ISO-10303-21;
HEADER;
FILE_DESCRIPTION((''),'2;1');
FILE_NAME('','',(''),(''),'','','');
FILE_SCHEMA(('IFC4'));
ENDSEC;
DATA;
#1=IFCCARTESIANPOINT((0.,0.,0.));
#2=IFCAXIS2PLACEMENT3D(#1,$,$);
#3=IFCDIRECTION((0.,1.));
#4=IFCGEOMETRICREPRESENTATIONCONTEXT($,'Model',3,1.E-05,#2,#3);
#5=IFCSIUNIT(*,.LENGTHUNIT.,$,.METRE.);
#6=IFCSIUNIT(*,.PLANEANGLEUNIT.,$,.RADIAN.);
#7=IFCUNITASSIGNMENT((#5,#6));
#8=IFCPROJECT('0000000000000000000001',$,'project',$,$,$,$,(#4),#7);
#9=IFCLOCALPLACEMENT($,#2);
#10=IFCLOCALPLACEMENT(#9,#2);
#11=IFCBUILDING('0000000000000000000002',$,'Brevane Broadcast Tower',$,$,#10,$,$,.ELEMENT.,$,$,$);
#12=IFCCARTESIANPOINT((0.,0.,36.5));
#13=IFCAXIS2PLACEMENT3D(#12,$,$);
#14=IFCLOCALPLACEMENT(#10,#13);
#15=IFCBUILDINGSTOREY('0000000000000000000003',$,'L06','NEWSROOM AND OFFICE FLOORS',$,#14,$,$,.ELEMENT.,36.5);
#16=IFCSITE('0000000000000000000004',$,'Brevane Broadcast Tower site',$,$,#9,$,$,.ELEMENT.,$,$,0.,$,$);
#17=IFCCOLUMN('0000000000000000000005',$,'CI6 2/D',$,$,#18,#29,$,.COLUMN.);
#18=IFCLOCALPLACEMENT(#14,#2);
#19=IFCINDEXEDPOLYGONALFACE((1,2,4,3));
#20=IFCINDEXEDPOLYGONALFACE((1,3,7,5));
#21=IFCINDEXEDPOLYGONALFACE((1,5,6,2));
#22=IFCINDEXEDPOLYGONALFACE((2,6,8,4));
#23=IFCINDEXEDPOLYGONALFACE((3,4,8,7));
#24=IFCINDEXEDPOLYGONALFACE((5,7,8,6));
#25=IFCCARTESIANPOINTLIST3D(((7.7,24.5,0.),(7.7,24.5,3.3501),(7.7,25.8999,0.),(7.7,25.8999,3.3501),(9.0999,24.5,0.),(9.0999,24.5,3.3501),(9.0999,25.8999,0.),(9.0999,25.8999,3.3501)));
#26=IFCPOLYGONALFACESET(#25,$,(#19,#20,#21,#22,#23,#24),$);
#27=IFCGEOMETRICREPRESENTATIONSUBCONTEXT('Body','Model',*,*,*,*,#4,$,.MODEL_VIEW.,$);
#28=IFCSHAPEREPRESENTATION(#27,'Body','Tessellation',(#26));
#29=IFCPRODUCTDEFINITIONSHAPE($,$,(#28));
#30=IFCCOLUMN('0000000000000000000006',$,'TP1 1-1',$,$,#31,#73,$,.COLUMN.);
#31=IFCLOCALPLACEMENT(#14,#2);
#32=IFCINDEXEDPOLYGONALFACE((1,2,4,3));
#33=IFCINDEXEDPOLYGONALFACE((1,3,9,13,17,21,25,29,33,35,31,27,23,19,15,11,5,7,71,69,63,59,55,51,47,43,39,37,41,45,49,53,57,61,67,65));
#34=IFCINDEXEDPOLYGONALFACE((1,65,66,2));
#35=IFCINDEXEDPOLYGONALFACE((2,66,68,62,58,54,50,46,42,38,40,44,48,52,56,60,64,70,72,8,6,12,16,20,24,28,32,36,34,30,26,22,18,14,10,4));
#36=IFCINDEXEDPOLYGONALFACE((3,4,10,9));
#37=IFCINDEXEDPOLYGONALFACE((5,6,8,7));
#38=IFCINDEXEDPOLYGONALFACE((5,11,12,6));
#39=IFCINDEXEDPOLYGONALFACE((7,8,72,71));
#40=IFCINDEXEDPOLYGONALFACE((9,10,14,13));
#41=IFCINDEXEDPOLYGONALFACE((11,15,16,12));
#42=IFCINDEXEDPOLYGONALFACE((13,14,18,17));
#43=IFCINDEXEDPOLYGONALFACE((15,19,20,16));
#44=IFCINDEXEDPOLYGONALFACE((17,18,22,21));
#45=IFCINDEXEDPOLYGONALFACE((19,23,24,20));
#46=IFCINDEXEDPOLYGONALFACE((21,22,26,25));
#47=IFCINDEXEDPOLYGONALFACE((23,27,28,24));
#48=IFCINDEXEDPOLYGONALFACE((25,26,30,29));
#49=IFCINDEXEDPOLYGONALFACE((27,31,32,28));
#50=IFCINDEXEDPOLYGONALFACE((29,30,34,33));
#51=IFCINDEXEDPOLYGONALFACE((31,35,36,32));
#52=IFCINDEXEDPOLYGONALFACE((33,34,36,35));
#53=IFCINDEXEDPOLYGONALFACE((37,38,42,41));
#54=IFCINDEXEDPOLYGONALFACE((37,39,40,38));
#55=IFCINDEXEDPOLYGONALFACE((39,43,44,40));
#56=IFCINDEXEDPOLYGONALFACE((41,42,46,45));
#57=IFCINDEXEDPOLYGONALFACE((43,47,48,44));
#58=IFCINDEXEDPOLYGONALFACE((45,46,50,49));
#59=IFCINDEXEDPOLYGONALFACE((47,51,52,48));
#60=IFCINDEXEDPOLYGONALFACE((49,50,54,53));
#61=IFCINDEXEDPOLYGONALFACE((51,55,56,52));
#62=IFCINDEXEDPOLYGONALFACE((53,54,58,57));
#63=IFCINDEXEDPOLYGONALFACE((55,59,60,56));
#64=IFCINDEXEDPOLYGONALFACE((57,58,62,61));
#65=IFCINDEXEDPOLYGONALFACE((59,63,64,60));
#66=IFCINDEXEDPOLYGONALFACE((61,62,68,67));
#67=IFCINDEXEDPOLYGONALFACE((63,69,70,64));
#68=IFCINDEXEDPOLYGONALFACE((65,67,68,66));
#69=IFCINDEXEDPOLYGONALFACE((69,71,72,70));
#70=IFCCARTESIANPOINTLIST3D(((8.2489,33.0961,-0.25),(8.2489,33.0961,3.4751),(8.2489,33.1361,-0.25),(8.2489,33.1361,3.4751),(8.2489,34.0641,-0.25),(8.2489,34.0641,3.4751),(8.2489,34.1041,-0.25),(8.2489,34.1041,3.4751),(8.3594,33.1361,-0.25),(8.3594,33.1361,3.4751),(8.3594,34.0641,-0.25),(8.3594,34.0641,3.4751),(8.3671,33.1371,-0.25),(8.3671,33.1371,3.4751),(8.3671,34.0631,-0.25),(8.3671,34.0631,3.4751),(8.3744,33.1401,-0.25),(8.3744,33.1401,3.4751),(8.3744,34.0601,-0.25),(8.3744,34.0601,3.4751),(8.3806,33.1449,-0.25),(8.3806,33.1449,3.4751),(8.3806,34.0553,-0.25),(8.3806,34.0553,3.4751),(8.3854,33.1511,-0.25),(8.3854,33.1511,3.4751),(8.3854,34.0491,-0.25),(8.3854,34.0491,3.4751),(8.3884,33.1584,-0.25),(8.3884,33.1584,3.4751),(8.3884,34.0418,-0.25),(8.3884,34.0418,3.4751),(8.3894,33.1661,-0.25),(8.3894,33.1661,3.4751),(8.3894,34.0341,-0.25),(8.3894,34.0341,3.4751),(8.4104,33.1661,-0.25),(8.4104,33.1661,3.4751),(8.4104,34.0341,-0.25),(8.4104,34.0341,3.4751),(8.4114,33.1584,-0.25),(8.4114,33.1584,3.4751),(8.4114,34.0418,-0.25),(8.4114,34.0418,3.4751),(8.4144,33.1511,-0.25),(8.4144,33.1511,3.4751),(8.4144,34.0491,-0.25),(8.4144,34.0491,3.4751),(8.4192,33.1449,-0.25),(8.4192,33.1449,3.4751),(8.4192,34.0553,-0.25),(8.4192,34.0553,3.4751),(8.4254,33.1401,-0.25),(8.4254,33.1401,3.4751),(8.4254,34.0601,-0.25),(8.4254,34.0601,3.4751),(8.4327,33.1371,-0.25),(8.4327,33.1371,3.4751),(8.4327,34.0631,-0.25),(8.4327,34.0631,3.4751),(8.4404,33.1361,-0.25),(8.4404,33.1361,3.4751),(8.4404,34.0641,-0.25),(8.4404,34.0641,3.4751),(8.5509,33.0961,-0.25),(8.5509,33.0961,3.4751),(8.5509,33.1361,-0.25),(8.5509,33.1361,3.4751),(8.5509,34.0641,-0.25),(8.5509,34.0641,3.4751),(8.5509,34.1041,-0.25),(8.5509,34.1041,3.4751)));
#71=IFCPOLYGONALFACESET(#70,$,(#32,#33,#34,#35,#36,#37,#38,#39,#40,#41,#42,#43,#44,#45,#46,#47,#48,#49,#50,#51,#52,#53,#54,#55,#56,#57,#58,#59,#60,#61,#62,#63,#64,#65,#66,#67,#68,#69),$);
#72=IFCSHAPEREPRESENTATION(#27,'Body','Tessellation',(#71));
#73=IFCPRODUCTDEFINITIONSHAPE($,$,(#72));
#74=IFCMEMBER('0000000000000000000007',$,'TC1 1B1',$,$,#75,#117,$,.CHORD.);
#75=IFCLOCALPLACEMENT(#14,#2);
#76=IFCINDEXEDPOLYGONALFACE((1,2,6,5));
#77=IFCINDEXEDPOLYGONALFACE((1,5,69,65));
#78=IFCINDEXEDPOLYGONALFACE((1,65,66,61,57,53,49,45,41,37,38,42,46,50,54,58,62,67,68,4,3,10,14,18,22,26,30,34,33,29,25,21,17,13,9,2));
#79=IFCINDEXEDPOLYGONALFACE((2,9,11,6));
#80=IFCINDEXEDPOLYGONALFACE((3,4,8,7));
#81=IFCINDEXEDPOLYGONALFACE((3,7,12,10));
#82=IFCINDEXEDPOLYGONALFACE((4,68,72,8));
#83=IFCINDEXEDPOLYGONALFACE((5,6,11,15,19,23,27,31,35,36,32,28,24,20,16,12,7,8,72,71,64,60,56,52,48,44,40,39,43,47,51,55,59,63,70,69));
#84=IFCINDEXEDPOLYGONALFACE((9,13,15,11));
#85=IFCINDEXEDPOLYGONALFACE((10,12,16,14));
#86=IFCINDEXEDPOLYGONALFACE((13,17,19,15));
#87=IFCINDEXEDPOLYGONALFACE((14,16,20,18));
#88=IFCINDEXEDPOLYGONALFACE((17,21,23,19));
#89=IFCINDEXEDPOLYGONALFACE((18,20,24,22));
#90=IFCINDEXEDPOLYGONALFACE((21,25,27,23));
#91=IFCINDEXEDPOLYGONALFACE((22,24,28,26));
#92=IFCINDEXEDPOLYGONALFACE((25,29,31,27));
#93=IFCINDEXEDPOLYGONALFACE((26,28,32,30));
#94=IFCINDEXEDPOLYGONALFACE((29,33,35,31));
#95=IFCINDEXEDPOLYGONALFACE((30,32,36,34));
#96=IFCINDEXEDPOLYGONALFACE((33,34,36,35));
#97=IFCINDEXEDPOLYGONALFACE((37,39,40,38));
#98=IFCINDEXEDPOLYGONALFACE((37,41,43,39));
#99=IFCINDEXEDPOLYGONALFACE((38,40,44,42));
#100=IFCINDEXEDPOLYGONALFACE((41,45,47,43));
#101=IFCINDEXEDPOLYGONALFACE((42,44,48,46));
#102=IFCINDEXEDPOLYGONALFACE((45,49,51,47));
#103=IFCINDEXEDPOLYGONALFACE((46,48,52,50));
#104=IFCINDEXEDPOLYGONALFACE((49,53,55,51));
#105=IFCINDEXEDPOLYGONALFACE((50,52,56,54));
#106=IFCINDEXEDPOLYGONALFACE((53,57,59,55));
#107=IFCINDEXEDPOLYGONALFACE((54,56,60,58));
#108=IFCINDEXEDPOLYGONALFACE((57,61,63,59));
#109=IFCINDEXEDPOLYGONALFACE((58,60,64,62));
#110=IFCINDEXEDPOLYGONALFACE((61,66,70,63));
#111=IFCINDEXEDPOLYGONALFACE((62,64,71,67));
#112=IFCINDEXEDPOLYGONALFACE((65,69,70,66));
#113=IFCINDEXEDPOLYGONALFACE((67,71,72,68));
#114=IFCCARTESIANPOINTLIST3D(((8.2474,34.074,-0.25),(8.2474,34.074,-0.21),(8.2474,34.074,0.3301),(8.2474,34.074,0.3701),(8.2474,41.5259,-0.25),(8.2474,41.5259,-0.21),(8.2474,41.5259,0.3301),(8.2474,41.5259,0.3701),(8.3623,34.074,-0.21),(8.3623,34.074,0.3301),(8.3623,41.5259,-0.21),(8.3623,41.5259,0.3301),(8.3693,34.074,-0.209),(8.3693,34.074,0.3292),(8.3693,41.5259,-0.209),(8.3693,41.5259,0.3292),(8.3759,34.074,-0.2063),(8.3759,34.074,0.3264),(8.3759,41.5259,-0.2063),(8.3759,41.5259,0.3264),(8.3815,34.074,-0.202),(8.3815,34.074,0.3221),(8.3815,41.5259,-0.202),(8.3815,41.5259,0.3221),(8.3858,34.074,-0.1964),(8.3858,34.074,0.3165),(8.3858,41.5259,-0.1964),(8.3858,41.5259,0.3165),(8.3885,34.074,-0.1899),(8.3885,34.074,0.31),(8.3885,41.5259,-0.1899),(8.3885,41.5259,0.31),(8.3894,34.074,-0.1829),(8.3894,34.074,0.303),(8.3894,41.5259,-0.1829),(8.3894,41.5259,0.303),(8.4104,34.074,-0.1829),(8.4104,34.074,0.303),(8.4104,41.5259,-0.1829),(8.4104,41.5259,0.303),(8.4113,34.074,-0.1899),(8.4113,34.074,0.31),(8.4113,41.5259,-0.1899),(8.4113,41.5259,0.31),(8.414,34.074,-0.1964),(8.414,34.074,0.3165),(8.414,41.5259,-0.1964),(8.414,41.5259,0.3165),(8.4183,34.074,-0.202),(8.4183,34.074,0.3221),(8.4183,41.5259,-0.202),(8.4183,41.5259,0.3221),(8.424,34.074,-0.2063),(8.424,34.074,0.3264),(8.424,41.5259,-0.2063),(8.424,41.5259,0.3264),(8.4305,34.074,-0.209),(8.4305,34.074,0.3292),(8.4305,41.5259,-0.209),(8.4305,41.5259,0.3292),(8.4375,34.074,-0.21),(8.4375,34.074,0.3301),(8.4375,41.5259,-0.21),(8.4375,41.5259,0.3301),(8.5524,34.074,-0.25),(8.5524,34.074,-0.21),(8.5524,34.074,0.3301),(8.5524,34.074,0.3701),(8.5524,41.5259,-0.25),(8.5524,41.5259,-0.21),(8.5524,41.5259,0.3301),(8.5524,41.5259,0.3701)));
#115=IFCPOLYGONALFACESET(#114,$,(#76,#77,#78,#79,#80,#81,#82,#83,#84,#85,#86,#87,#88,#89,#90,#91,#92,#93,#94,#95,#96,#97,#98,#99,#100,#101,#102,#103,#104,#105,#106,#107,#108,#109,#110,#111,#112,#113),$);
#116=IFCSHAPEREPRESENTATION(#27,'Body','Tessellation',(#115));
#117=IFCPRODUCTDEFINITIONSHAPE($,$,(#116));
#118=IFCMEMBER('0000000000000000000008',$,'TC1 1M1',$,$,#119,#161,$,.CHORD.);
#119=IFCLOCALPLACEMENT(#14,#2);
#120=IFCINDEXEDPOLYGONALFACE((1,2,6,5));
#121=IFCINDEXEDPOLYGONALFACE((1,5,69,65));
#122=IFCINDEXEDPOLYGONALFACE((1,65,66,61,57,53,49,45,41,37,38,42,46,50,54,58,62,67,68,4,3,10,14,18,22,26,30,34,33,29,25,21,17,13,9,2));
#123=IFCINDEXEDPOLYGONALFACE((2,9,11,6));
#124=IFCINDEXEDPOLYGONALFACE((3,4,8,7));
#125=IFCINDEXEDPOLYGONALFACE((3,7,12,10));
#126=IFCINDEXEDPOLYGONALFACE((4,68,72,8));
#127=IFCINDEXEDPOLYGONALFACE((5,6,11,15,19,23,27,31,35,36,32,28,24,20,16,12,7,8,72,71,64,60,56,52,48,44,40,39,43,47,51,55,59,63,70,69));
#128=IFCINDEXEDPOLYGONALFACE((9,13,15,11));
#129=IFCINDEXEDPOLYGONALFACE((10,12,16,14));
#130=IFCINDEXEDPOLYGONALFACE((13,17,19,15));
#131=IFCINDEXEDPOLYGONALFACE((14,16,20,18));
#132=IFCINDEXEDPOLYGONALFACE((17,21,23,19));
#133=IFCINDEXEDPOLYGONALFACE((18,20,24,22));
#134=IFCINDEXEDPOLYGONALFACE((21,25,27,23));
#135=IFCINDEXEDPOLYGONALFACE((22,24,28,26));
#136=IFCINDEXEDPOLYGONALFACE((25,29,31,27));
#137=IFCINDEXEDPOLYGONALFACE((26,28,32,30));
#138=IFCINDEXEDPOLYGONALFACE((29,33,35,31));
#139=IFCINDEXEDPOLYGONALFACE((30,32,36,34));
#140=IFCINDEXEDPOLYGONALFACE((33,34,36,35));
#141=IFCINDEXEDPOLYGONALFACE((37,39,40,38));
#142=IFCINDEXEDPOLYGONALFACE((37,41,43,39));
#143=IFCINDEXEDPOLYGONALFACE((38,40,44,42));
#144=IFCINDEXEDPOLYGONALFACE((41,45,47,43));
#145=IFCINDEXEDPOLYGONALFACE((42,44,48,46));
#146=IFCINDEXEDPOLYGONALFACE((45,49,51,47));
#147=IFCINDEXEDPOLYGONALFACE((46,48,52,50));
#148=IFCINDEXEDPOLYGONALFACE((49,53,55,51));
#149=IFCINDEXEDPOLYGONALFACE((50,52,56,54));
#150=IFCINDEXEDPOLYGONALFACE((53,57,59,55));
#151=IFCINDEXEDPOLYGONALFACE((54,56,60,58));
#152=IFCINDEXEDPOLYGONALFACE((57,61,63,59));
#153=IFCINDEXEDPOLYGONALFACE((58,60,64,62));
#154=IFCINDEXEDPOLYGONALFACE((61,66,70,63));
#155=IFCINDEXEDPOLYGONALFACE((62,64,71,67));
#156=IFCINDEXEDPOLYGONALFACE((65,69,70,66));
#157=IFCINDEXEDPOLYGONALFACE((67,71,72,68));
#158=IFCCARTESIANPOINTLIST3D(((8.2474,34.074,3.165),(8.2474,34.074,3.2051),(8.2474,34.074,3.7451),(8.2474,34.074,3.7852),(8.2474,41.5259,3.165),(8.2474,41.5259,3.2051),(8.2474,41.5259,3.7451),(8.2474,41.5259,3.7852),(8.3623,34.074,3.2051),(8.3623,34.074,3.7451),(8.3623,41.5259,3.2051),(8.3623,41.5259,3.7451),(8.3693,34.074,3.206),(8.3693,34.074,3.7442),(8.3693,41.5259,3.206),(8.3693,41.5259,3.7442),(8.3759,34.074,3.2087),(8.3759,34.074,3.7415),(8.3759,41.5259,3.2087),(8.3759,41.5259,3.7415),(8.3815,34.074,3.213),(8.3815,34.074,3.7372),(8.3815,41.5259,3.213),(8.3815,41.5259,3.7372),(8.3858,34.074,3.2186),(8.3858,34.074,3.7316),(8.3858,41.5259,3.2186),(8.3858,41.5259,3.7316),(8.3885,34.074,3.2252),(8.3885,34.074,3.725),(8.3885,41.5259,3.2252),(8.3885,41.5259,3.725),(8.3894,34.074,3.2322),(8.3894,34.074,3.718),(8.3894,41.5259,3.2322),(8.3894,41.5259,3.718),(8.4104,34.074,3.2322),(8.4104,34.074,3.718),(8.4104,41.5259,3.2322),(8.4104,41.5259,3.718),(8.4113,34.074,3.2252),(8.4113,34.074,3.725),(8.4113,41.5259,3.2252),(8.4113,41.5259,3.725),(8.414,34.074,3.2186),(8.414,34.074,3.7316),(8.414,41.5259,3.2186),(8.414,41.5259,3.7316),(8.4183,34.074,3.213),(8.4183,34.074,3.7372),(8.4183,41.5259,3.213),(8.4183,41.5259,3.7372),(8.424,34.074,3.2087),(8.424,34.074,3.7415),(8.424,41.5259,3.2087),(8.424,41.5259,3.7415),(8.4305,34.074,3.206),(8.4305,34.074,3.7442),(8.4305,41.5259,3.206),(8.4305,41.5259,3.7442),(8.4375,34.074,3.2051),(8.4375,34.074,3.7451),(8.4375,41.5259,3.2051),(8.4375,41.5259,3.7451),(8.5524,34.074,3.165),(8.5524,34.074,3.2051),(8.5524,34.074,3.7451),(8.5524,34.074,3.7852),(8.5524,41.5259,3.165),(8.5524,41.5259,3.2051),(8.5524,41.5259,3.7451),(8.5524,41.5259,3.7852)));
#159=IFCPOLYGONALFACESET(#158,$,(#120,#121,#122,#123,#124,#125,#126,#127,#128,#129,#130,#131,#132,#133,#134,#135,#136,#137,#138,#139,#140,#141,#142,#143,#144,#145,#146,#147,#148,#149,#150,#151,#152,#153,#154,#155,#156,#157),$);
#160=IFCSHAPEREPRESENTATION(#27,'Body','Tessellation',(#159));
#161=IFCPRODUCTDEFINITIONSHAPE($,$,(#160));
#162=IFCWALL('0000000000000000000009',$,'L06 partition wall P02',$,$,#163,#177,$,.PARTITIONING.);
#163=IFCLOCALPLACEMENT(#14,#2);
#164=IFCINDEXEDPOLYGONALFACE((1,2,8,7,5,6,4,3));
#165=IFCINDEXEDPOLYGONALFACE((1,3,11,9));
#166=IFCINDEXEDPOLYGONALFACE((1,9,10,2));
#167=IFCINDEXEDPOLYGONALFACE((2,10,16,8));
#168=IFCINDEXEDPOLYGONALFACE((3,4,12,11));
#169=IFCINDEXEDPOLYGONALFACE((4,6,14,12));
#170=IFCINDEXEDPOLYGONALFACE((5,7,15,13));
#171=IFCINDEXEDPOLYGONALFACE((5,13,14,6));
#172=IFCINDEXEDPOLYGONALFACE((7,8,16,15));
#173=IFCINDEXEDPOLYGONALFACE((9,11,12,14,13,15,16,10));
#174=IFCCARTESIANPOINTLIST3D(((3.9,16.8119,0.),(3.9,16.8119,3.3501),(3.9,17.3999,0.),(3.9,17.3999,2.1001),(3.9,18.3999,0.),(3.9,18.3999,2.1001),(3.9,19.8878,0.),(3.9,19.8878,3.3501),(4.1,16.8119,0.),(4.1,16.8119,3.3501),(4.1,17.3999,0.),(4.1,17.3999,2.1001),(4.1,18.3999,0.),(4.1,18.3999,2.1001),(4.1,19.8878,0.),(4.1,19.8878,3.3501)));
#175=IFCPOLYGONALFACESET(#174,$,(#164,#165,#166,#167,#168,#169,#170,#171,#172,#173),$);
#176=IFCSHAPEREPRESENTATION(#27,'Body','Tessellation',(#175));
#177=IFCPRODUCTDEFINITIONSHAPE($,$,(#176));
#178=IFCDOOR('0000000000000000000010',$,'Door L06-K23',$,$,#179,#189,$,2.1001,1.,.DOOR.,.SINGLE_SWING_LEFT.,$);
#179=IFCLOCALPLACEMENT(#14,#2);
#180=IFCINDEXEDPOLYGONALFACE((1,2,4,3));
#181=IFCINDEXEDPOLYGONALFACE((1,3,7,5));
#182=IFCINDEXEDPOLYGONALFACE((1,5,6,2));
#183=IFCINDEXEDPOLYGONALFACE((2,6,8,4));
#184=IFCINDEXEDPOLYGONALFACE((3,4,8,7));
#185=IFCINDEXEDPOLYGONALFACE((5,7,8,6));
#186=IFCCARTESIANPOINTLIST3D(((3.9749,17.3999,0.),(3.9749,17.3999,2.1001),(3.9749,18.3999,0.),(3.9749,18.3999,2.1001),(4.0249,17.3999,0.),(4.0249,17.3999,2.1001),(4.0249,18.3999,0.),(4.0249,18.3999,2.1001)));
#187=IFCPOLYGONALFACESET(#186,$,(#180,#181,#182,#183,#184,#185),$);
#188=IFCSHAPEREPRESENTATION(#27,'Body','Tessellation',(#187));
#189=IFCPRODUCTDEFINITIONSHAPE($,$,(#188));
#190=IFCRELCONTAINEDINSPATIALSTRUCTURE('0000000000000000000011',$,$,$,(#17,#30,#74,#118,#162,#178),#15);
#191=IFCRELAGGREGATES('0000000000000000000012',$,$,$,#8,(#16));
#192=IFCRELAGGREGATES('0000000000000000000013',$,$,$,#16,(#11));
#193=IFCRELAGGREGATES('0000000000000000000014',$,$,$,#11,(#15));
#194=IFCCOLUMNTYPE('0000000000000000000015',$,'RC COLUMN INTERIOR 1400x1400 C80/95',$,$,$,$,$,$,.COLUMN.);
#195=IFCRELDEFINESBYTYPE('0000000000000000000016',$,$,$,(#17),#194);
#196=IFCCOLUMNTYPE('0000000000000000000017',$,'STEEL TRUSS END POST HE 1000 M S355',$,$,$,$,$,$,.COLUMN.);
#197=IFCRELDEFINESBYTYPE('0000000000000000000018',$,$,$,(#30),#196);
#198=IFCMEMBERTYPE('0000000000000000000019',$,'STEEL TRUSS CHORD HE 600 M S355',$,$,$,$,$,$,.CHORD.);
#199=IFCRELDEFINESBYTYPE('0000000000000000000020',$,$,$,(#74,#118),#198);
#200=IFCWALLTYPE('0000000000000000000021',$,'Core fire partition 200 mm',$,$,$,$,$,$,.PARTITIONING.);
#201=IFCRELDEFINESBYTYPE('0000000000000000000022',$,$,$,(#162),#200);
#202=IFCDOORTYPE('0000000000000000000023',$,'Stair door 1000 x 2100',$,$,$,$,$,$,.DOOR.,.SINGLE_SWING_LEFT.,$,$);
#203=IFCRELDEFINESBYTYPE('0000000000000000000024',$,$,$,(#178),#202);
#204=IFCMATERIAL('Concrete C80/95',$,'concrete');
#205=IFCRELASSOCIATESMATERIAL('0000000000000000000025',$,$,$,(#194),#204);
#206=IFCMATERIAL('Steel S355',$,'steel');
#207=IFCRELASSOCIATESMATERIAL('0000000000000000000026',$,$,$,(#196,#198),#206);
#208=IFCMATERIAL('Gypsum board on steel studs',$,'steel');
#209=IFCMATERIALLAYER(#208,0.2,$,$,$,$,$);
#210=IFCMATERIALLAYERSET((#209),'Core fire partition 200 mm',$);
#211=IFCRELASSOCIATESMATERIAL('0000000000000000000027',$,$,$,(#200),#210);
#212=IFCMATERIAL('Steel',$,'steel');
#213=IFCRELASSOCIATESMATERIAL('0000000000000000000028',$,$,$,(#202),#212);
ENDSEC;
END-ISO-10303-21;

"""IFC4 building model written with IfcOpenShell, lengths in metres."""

from ifc_helpers import new_model, si_unit, direction, frame, frame_2d, origin, origin_2d, place, context, subcontext, project, spatial, rectangle, i_section, extrude, material, layer, layer_set, material_profile, profile_set, type_object, element, fill, save


model = new_model("IFC4")

# Units and contexts
model_context = context("Model", 3, precision=1e-05, world=origin(), true_north=direction((0.0, 1.0)))
body_context = subcontext(model_context, "Body", "Model", "MODEL_VIEW")
ifc_project = project(units=[si_unit("LENGTHUNIT", "METRE"), si_unit("PLANEANGLEUNIT", "RADIAN")], contexts=[model_context])

# Site, building, storey
site_placement = place(None, origin())
site = spatial("IfcSite", under=ifc_project, at=site_placement, Name="Brevane Broadcast Tower site", CompositionType="ELEMENT", RefElevation=0.0)
building_placement = place(site_placement, origin())
building = spatial("IfcBuilding", under=site, at=building_placement, Name="Brevane Broadcast Tower", CompositionType="ELEMENT")
storey_placement = place(building_placement, frame((0.0, 0.0, 36.5)))
storey = spatial("IfcBuildingStorey", under=building, at=storey_placement, Name="L06", Description="NEWSROOM AND OFFICE FLOORS", CompositionType="ELEMENT", Elevation=36.5)

# Columns
ifc_material_1 = material(Name="Concrete C80/95", Category="concrete")
ifc_material_profile_1 = material_profile(ifc_material_1, rectangle(XDim=1.3999, YDim=1.3999, at=origin_2d()), Name="RC 1400x1400")
ifc_profile_set_1 = profile_set([ifc_material_profile_1], Name="Concrete C80/95")
column_type_1 = type_object("IfcColumnType", Name="RC COLUMN INTERIOR 1400x1400 C80/95", PredefinedType="COLUMN", material=ifc_profile_set_1)
column_1_placement = place(storey_placement, frame((8.3999, 25.2, 0.0), z_axis=(0.0, 0.0, 1.0), x_axis=(1.0, 0.0, 0.0)))
element("IfcColumn", 1, at=column_1_placement, inside=storey, type_object=column_type_1, Name="CI6 2/D", PredefinedType="COLUMN", context=body_context, shape_type="SweptSolid", body=[
    extrude(rectangle(XDim=1.3999, YDim=1.3999, at=origin_2d()), origin(), (0.0, 0.0, 1.0), 3.3501),
])
ifc_material_2 = material(Name="Steel S355", Category="steel")
ifc_material_profile_2 = material_profile(ifc_material_2, i_section(OverallWidth=0.302, OverallDepth=1.0081, WebThickness=0.021, FlangeThickness=0.04, FilletRadius=0.03, at=origin_2d()), Name="HE 1000 M")
ifc_profile_set_2 = profile_set([ifc_material_profile_2], Name="Steel S355")
column_type_2 = type_object("IfcColumnType", Name="STEEL TRUSS END POST HE 1000 M S355", PredefinedType="COLUMN", material=ifc_profile_set_2)
column_2_placement = place(storey_placement, frame((8.3999, 33.6001, -0.25), z_axis=(0.0, 0.0, 1.0), x_axis=(1.0, 0.0, 0.0)))
element("IfcColumn", 2, at=column_2_placement, inside=storey, type_object=column_type_2, Name="TP1 1-1", PredefinedType="COLUMN", context=body_context, shape_type="SweptSolid", body=[
    extrude(i_section(OverallWidth=0.302, OverallDepth=1.0081, WebThickness=0.021, FlangeThickness=0.04, FilletRadius=0.03, at=origin_2d()), origin(), (0.0, 0.0, 1.0), 3.7251),
])

# Members
ifc_material_profile_3 = material_profile(ifc_material_2, i_section(OverallWidth=0.3049, OverallDepth=0.6201, WebThickness=0.021, FlangeThickness=0.04, FilletRadius=0.0271, at=origin_2d()), Name="HE 600 M")
ifc_profile_set_3 = profile_set([ifc_material_profile_3], Name="Steel S355")
member_type = type_object("IfcMemberType", Name="STEEL TRUSS CHORD HE 600 M S355", PredefinedType="CHORD", material=ifc_profile_set_3)
for number, where, z_axis, x_axis, name in (
    (3, (8.3999, 34.074, 0.0601), (0.0, 1.0, 0.0), (-1.0, 0.0, 0.0), "TC1 1B1"),
    (4, (8.3999, 34.074, 3.4751), (0.0, 1.0, 0.0), (-1.0, 0.0, 0.0), "TC1 1M1"),
):
    element("IfcMember", number, at=place(storey_placement, frame(where, z_axis=z_axis, x_axis=x_axis)), inside=storey, type_object=member_type, Name=name, PredefinedType="CHORD", context=body_context, shape_type="SweptSolid", body=[
        extrude(i_section(OverallWidth=0.3049, OverallDepth=0.6201, WebThickness=0.021, FlangeThickness=0.04, FilletRadius=0.0271, at=origin_2d()), origin(), (0.0, 0.0, 1.0), 7.4519),
    ])

# Wall, opening, door
ifc_material_3 = material(Name="Gypsum board on steel studs", Category="steel")
ifc_layer_1 = layer(ifc_material_3, 0.2)
ifc_layer_set_1 = layer_set([ifc_layer_1], Name="Core fire partition 200 mm")
wall_type_1 = type_object("IfcWallType", Name="Core fire partition 200 mm", PredefinedType="PARTITIONING", material=ifc_layer_set_1)
wall_1_placement = place(storey_placement, frame((4.0, 19.8879, 0.0), z_axis=(0.0, 0.0, 1.0), x_axis=(0.0, -1.0, 0.0)))
wall_1 = element("IfcWall", 5, at=wall_1_placement, inside=storey, type_object=wall_type_1, Name="L06 partition wall P02", PredefinedType="PARTITIONING", context=body_context, shape_type="SweptSolid", body=[
    extrude(rectangle(XDim=3.0759, YDim=0.2, at=frame_2d((1.5381, 0.0))), origin(), (0.0, 0.0, 1.0), 3.3501),
])
opening_1_placement = place(wall_1_placement, frame((1.488, 0.0, 0.0)))
opening_1 = element("IfcOpeningElement", 6, at=opening_1_placement, cuts=wall_1, PredefinedType="OPENING", context=body_context, shape_type="SweptSolid", body=[
    extrude(rectangle(XDim=1.0, YDim=2.1001, at=frame_2d((0.5, 1.05))), frame((0.0, 0.1099, 0.0), z_axis=(0.0, -1.0, 0.0), x_axis=(1.0, 0.0, 0.0)), (0.0, 0.0, 1.0), 0.22),
])
ifc_material_4 = material(Name="Steel", Category="steel")
door_type_1 = type_object("IfcDoorType", Name="Stair door 1000 x 2100", OperationType="SINGLE_SWING_LEFT", PredefinedType="DOOR", material=ifc_material_4)
door_1_placement = place(opening_1_placement, origin())
door_1 = element("IfcDoor", 7, at=door_1_placement, inside=storey, type_object=door_type_1, Name="Door L06-K23", OperationType="SINGLE_SWING_LEFT", OverallHeight=2.1001, OverallWidth=1.0, PredefinedType="DOOR", context=body_context, shape_type="SweptSolid", body=[
    extrude(rectangle(XDim=1.0, YDim=2.1001, at=frame_2d((0.5, 1.05))), frame((0.0, 0.0249, 0.0), z_axis=(0.0, -1.0, 0.0), x_axis=(1.0, 0.0, 0.0)), (0.0, 0.0, 1.0), 0.05),
])
fill(opening_1, door_1)

save(model, "model.ifc")
